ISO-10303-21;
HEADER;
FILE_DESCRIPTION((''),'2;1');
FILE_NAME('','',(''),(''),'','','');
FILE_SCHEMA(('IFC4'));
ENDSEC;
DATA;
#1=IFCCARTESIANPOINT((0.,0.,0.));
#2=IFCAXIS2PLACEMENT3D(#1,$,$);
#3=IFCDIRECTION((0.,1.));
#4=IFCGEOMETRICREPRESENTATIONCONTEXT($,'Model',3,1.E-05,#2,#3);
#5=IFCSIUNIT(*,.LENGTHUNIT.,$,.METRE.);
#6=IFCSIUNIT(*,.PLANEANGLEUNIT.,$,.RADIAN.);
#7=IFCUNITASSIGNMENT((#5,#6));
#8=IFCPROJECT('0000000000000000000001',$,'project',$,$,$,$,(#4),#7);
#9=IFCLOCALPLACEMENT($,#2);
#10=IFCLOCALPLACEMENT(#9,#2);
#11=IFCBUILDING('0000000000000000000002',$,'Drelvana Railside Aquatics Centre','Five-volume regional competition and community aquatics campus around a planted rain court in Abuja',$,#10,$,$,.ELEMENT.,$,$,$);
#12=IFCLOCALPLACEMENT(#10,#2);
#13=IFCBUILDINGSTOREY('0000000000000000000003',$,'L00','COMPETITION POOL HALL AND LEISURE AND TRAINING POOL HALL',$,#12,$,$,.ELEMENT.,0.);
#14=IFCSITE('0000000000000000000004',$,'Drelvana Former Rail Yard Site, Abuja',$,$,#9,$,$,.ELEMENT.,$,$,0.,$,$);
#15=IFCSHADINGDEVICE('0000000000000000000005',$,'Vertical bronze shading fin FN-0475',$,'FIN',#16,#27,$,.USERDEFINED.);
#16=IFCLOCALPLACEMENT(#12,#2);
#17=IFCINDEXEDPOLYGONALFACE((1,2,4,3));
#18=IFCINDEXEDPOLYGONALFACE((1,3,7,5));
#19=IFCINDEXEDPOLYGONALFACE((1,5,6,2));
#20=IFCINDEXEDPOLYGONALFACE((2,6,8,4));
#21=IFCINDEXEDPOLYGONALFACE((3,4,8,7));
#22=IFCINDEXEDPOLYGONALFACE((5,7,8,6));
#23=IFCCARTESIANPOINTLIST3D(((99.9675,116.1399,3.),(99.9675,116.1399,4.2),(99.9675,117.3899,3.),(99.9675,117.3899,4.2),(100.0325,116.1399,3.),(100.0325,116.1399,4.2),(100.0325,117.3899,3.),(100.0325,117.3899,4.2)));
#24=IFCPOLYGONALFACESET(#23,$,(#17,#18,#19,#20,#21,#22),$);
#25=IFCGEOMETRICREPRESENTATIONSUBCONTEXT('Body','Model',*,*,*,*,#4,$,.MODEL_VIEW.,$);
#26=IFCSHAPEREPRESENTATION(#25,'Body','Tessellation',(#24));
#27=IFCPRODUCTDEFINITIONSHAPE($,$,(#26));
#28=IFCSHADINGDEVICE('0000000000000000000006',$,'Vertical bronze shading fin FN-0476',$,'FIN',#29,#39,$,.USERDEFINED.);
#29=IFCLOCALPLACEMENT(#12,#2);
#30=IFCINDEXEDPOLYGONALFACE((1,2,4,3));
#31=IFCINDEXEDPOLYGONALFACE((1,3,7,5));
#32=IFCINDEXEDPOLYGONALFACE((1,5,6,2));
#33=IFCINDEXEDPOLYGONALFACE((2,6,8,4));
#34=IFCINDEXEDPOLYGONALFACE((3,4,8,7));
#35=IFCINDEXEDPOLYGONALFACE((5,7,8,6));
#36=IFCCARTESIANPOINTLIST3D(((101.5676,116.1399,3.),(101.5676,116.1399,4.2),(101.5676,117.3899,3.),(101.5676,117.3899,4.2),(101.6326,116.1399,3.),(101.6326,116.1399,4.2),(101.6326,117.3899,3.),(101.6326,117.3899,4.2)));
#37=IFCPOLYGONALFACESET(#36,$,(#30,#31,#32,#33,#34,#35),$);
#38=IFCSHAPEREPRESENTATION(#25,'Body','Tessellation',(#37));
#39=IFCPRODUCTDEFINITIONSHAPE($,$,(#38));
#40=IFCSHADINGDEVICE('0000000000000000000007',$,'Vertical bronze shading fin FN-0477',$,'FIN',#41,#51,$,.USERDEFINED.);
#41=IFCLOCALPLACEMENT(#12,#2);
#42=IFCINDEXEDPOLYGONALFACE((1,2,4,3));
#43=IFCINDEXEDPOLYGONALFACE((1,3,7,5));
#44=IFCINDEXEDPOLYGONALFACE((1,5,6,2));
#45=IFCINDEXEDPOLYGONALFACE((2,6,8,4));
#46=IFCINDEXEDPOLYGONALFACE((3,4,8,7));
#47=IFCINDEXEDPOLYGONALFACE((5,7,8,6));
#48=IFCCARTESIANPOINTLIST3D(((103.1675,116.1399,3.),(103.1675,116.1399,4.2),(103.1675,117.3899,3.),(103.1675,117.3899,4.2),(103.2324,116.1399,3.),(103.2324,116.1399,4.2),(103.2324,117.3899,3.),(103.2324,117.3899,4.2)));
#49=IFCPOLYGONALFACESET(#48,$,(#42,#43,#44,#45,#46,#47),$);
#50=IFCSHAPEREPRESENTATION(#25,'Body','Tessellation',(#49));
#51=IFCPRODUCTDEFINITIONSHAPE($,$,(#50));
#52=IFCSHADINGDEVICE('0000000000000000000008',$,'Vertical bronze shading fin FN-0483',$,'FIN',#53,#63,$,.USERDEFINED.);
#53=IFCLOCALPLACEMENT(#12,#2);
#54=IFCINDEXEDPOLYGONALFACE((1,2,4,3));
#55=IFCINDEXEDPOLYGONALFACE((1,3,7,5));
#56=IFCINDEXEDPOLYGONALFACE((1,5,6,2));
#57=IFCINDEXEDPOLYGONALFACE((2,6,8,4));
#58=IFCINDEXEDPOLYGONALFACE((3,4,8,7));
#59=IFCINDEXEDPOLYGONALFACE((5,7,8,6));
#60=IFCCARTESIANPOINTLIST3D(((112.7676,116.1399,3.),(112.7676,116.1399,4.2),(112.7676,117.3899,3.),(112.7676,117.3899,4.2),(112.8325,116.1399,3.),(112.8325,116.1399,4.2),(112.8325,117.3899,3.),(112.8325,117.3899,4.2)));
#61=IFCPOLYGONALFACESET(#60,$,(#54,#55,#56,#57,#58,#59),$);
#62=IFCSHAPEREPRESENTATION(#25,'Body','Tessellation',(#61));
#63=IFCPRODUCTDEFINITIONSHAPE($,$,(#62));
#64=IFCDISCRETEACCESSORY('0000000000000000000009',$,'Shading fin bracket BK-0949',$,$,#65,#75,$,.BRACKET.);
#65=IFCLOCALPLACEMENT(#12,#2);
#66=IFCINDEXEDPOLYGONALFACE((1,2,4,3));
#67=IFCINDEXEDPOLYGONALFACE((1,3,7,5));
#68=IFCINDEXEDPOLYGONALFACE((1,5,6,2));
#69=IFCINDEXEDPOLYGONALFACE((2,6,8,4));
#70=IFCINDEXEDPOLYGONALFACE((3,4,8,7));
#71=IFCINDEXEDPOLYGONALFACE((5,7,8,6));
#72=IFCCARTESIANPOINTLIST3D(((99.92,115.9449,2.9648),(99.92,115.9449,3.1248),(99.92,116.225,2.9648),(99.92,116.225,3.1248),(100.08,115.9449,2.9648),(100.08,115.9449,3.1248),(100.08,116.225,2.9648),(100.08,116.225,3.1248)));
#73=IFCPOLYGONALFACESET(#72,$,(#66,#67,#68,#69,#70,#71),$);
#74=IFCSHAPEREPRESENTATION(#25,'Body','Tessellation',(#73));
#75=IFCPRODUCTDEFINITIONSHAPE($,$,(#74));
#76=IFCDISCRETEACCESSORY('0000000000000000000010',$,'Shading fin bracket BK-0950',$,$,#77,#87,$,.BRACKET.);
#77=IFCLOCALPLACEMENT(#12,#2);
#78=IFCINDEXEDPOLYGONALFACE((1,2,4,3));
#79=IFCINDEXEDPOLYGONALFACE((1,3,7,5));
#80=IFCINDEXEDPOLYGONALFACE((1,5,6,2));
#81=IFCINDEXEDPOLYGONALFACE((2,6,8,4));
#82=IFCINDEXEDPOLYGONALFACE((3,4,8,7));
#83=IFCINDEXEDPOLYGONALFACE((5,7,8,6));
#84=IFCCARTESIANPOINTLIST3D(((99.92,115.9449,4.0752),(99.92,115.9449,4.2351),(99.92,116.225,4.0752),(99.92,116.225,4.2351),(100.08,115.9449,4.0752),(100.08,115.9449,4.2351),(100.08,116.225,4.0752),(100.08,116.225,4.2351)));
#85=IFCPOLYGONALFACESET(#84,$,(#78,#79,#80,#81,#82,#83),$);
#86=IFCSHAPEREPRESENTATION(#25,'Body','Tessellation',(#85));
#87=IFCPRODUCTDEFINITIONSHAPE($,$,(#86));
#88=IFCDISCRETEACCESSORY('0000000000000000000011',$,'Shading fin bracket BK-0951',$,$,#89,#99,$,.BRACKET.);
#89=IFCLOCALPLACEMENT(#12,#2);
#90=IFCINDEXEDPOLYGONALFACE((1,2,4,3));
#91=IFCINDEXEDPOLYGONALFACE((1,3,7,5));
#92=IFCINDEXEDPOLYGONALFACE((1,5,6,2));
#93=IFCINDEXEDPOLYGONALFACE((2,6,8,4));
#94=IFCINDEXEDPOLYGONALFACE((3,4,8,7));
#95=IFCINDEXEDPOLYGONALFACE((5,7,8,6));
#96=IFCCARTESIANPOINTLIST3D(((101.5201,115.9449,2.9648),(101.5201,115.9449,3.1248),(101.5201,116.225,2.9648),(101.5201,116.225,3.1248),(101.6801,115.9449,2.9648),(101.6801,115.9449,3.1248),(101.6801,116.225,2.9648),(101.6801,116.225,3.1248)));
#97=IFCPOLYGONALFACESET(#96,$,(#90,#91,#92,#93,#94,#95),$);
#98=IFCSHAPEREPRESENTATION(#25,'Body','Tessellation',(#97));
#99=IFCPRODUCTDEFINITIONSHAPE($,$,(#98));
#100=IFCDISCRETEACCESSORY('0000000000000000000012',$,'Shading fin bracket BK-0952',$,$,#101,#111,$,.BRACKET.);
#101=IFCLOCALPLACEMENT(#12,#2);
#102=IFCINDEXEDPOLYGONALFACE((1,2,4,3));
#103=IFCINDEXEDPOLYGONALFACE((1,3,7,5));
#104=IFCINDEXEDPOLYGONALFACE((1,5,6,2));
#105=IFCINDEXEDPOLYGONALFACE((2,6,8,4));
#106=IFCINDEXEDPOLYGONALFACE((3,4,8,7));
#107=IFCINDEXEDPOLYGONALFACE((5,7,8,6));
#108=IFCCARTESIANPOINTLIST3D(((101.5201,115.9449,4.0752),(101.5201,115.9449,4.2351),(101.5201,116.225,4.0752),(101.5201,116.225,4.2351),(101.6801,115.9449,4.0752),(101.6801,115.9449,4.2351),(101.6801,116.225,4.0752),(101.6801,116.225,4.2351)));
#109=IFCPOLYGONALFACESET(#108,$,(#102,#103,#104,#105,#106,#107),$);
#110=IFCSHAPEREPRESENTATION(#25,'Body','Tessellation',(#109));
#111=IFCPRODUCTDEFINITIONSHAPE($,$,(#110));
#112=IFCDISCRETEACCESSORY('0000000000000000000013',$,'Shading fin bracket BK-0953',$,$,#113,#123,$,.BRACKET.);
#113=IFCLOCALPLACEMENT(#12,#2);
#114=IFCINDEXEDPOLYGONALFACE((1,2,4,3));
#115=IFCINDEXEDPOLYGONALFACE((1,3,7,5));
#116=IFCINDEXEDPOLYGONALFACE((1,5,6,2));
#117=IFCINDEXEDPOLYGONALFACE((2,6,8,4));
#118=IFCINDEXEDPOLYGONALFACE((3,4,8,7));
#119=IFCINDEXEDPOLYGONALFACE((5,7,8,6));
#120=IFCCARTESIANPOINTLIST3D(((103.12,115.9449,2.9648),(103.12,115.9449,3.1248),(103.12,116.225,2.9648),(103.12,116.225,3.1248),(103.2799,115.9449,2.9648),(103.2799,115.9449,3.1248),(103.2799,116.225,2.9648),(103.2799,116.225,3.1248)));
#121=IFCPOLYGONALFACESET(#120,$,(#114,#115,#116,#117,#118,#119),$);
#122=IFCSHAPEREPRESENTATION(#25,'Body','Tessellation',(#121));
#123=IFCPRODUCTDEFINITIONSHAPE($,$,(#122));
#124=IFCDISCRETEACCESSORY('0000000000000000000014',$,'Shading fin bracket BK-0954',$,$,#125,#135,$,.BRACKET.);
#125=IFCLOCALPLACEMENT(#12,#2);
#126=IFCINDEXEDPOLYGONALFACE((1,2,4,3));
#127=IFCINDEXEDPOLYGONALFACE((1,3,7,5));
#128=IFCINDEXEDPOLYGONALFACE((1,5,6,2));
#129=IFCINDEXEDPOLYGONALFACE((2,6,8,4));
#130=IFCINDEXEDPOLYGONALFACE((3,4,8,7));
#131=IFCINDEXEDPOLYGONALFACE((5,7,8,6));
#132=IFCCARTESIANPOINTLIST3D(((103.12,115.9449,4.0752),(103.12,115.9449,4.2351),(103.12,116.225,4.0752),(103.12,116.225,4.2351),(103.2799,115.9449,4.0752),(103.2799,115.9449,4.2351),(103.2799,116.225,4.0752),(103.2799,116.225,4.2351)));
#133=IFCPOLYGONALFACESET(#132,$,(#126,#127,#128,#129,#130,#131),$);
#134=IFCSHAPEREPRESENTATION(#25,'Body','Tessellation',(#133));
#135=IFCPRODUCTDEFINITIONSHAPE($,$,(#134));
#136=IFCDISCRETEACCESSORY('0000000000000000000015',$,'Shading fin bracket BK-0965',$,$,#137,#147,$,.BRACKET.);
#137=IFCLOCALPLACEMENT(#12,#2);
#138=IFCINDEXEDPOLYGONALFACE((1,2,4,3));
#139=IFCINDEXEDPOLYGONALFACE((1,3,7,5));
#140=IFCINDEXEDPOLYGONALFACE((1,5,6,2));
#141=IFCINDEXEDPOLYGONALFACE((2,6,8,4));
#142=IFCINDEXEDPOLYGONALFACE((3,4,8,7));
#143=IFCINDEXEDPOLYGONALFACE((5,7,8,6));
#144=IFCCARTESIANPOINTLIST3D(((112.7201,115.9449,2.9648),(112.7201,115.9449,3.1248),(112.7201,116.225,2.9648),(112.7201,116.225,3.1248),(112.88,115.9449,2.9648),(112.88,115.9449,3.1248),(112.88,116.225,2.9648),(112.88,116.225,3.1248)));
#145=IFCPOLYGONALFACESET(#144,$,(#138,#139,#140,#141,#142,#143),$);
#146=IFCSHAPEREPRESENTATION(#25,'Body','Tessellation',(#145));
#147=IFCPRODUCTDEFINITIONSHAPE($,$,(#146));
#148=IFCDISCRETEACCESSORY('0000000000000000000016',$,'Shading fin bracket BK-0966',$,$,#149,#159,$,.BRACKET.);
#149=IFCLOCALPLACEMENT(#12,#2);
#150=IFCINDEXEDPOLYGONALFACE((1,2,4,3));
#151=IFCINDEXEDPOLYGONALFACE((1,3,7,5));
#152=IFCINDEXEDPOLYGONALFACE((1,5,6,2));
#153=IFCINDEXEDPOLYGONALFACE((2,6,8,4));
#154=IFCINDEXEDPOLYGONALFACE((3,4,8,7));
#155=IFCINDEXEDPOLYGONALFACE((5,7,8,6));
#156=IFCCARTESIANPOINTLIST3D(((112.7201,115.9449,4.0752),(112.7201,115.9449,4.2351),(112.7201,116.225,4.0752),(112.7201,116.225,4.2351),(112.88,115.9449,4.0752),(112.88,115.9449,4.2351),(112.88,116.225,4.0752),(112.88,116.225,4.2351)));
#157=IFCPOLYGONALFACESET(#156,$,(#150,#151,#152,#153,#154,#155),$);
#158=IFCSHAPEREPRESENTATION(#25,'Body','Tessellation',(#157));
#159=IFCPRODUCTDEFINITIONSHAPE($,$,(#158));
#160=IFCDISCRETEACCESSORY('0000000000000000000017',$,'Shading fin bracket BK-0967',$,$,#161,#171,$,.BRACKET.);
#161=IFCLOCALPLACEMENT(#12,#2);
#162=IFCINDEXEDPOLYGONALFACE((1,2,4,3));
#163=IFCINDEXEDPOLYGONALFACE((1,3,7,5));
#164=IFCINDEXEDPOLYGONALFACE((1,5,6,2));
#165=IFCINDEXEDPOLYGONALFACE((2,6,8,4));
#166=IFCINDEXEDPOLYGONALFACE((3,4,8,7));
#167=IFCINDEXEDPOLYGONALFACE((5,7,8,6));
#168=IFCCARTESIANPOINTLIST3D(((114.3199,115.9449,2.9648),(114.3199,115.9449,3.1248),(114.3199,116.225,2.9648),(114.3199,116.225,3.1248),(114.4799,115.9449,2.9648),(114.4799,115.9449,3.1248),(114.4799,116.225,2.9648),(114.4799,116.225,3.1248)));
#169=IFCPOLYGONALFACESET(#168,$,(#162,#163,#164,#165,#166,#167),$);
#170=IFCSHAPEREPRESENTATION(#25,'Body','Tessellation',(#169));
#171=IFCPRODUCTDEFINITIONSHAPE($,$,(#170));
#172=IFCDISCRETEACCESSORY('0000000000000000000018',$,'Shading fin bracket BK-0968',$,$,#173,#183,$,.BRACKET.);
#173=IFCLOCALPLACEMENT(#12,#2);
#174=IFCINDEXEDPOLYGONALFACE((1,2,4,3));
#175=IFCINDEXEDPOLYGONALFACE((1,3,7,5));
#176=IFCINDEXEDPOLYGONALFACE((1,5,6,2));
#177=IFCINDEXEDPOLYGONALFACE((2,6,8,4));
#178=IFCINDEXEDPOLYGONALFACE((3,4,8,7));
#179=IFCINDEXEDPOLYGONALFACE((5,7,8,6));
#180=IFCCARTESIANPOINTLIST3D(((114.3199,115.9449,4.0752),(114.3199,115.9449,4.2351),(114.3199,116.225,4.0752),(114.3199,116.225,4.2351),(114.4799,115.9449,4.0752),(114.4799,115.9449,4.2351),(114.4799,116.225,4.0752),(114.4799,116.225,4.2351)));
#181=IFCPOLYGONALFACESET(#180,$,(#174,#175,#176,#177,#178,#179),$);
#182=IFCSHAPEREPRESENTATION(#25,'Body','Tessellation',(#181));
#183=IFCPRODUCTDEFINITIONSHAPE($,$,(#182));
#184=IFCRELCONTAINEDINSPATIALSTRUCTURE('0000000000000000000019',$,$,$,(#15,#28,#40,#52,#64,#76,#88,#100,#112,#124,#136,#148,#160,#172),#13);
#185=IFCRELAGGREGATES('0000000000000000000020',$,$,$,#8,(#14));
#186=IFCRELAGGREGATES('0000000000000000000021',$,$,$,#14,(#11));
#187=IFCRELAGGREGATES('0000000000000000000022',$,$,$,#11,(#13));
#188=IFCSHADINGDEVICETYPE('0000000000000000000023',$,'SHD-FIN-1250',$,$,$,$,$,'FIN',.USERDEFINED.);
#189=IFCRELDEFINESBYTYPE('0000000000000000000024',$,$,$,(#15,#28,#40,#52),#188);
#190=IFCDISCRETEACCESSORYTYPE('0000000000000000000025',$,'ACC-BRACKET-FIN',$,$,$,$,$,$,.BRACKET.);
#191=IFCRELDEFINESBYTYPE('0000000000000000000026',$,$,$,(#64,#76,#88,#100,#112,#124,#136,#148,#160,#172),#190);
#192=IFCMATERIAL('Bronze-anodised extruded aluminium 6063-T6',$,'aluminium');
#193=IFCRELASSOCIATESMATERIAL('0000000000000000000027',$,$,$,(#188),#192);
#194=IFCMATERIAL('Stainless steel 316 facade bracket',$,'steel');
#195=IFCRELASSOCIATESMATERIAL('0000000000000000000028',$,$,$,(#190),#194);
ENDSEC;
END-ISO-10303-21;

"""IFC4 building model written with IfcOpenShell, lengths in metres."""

from ifc_helpers import new_model, si_unit, direction, frame, origin, origin_2d, place, context, subcontext, project, spatial, rectangle, extrude, material, type_object, element, save


model = new_model("IFC4")

# Units and contexts
model_context = context("Model", 3, precision=1e-05, world=origin(), true_north=direction((0.0, 1.0)))
body_context = subcontext(model_context, "Body", "Model", "MODEL_VIEW")
ifc_project = project(units=[si_unit("LENGTHUNIT", "METRE"), si_unit("PLANEANGLEUNIT", "RADIAN")], contexts=[model_context])

# Site, building, storey
site_placement = place(None, origin())
site = spatial("IfcSite", under=ifc_project, at=site_placement, Name="Drelvana Former Rail Yard Site, Abuja", CompositionType="ELEMENT", RefElevation=0.0)
building_placement = place(site_placement, origin())
building = spatial("IfcBuilding", under=site, at=building_placement, Name="Drelvana Railside Aquatics Centre", Description="Five-volume regional competition and community aquatics campus around a planted rain court in Abuja", CompositionType="ELEMENT")
storey_placement = place(building_placement, origin())
storey = spatial("IfcBuildingStorey", under=building, at=storey_placement, Name="L00", Description="COMPETITION POOL HALL AND LEISURE AND TRAINING POOL HALL", CompositionType="ELEMENT", Elevation=0.0)

# Shared definitions
ifc_material_1 = material(Name="Bronze-anodised extruded aluminium 6063-T6", Category="aluminium")

# Shading devices
shading_device_type = type_object("IfcShadingDeviceType", Name="SHD-FIN-1250", ElementType="FIN", PredefinedType="USERDEFINED", material=ifc_material_1)
for number, where, z_axis, x_axis, name in (
    (1, (100.0, 116.7649, 3.0), (0.0, 0.0, 1.0), (0.0, 1.0, 0.0), "Vertical bronze shading fin FN-0475"),
    (2, (101.6001, 116.7649, 3.0), (0.0, 0.0, 1.0), (0.0, 1.0, 0.0), "Vertical bronze shading fin FN-0476"),
    (3, (103.2, 116.7649, 3.0), (0.0, 0.0, 1.0), (0.0, 1.0, 0.0), "Vertical bronze shading fin FN-0477"),
    (4, (112.8, 116.7649, 3.0), (0.0, 0.0, 1.0), (0.0, 1.0, 0.0), "Vertical bronze shading fin FN-0483"),
):
    element("IfcShadingDevice", number, at=place(storey_placement, frame(where, z_axis=z_axis, x_axis=x_axis)), inside=storey, type_object=shading_device_type, Name=name, ObjectType="FIN", PredefinedType="USERDEFINED", context=body_context, shape_type="SweptSolid", body=[
        extrude(rectangle(XDim=1.25, YDim=0.0649, at=origin_2d()), origin(), (0.0, 0.0, 1.0), 1.2),
    ])

# Discrete accessories
ifc_material_2 = material(Name="Stainless steel 316 facade bracket", Category="steel")
discrete_accessory_type = type_object("IfcDiscreteAccessoryType", Name="ACC-BRACKET-FIN", PredefinedType="BRACKET", material=ifc_material_2)
for number, where, z_axis, x_axis, name in (
    (5, (100.0, 116.085, 2.9648), (0.0, 0.0, 1.0), (0.0, 1.0, 0.0), "Shading fin bracket BK-0949"),
    (6, (100.0, 116.085, 4.0752), (0.0, 0.0, 1.0), (0.0, 1.0, 0.0), "Shading fin bracket BK-0950"),
    (7, (101.6001, 116.085, 2.9648), (0.0, 0.0, 1.0), (0.0, 1.0, 0.0), "Shading fin bracket BK-0951"),
    (8, (101.6001, 116.085, 4.0752), (0.0, 0.0, 1.0), (0.0, 1.0, 0.0), "Shading fin bracket BK-0952"),
    (9, (103.2, 116.085, 2.9648), (0.0, 0.0, 1.0), (0.0, 1.0, 0.0), "Shading fin bracket BK-0953"),
    (10, (103.2, 116.085, 4.0752), (0.0, 0.0, 1.0), (0.0, 1.0, 0.0), "Shading fin bracket BK-0954"),
    (11, (112.8, 116.085, 2.9648), (0.0, 0.0, 1.0), (0.0, 1.0, 0.0), "Shading fin bracket BK-0965"),
    (12, (112.8, 116.085, 4.0752), (0.0, 0.0, 1.0), (0.0, 1.0, 0.0), "Shading fin bracket BK-0966"),
    (13, (114.3999, 116.085, 2.9648), (0.0, 0.0, 1.0), (0.0, 1.0, 0.0), "Shading fin bracket BK-0967"),
    (14, (114.3999, 116.085, 4.0752), (0.0, 0.0, 1.0), (0.0, 1.0, 0.0), "Shading fin bracket BK-0968"),
):
    element("IfcDiscreteAccessory", number, at=place(storey_placement, frame(where, z_axis=z_axis, x_axis=x_axis)), inside=storey, type_object=discrete_accessory_type, Name=name, PredefinedType="BRACKET", context=body_context, shape_type="SweptSolid", body=[
        extrude(rectangle(XDim=0.28, YDim=0.1599, at=origin_2d()), origin(), (0.0, 0.0, 1.0), 0.1599),
    ])

save(model, "model.ifc")
